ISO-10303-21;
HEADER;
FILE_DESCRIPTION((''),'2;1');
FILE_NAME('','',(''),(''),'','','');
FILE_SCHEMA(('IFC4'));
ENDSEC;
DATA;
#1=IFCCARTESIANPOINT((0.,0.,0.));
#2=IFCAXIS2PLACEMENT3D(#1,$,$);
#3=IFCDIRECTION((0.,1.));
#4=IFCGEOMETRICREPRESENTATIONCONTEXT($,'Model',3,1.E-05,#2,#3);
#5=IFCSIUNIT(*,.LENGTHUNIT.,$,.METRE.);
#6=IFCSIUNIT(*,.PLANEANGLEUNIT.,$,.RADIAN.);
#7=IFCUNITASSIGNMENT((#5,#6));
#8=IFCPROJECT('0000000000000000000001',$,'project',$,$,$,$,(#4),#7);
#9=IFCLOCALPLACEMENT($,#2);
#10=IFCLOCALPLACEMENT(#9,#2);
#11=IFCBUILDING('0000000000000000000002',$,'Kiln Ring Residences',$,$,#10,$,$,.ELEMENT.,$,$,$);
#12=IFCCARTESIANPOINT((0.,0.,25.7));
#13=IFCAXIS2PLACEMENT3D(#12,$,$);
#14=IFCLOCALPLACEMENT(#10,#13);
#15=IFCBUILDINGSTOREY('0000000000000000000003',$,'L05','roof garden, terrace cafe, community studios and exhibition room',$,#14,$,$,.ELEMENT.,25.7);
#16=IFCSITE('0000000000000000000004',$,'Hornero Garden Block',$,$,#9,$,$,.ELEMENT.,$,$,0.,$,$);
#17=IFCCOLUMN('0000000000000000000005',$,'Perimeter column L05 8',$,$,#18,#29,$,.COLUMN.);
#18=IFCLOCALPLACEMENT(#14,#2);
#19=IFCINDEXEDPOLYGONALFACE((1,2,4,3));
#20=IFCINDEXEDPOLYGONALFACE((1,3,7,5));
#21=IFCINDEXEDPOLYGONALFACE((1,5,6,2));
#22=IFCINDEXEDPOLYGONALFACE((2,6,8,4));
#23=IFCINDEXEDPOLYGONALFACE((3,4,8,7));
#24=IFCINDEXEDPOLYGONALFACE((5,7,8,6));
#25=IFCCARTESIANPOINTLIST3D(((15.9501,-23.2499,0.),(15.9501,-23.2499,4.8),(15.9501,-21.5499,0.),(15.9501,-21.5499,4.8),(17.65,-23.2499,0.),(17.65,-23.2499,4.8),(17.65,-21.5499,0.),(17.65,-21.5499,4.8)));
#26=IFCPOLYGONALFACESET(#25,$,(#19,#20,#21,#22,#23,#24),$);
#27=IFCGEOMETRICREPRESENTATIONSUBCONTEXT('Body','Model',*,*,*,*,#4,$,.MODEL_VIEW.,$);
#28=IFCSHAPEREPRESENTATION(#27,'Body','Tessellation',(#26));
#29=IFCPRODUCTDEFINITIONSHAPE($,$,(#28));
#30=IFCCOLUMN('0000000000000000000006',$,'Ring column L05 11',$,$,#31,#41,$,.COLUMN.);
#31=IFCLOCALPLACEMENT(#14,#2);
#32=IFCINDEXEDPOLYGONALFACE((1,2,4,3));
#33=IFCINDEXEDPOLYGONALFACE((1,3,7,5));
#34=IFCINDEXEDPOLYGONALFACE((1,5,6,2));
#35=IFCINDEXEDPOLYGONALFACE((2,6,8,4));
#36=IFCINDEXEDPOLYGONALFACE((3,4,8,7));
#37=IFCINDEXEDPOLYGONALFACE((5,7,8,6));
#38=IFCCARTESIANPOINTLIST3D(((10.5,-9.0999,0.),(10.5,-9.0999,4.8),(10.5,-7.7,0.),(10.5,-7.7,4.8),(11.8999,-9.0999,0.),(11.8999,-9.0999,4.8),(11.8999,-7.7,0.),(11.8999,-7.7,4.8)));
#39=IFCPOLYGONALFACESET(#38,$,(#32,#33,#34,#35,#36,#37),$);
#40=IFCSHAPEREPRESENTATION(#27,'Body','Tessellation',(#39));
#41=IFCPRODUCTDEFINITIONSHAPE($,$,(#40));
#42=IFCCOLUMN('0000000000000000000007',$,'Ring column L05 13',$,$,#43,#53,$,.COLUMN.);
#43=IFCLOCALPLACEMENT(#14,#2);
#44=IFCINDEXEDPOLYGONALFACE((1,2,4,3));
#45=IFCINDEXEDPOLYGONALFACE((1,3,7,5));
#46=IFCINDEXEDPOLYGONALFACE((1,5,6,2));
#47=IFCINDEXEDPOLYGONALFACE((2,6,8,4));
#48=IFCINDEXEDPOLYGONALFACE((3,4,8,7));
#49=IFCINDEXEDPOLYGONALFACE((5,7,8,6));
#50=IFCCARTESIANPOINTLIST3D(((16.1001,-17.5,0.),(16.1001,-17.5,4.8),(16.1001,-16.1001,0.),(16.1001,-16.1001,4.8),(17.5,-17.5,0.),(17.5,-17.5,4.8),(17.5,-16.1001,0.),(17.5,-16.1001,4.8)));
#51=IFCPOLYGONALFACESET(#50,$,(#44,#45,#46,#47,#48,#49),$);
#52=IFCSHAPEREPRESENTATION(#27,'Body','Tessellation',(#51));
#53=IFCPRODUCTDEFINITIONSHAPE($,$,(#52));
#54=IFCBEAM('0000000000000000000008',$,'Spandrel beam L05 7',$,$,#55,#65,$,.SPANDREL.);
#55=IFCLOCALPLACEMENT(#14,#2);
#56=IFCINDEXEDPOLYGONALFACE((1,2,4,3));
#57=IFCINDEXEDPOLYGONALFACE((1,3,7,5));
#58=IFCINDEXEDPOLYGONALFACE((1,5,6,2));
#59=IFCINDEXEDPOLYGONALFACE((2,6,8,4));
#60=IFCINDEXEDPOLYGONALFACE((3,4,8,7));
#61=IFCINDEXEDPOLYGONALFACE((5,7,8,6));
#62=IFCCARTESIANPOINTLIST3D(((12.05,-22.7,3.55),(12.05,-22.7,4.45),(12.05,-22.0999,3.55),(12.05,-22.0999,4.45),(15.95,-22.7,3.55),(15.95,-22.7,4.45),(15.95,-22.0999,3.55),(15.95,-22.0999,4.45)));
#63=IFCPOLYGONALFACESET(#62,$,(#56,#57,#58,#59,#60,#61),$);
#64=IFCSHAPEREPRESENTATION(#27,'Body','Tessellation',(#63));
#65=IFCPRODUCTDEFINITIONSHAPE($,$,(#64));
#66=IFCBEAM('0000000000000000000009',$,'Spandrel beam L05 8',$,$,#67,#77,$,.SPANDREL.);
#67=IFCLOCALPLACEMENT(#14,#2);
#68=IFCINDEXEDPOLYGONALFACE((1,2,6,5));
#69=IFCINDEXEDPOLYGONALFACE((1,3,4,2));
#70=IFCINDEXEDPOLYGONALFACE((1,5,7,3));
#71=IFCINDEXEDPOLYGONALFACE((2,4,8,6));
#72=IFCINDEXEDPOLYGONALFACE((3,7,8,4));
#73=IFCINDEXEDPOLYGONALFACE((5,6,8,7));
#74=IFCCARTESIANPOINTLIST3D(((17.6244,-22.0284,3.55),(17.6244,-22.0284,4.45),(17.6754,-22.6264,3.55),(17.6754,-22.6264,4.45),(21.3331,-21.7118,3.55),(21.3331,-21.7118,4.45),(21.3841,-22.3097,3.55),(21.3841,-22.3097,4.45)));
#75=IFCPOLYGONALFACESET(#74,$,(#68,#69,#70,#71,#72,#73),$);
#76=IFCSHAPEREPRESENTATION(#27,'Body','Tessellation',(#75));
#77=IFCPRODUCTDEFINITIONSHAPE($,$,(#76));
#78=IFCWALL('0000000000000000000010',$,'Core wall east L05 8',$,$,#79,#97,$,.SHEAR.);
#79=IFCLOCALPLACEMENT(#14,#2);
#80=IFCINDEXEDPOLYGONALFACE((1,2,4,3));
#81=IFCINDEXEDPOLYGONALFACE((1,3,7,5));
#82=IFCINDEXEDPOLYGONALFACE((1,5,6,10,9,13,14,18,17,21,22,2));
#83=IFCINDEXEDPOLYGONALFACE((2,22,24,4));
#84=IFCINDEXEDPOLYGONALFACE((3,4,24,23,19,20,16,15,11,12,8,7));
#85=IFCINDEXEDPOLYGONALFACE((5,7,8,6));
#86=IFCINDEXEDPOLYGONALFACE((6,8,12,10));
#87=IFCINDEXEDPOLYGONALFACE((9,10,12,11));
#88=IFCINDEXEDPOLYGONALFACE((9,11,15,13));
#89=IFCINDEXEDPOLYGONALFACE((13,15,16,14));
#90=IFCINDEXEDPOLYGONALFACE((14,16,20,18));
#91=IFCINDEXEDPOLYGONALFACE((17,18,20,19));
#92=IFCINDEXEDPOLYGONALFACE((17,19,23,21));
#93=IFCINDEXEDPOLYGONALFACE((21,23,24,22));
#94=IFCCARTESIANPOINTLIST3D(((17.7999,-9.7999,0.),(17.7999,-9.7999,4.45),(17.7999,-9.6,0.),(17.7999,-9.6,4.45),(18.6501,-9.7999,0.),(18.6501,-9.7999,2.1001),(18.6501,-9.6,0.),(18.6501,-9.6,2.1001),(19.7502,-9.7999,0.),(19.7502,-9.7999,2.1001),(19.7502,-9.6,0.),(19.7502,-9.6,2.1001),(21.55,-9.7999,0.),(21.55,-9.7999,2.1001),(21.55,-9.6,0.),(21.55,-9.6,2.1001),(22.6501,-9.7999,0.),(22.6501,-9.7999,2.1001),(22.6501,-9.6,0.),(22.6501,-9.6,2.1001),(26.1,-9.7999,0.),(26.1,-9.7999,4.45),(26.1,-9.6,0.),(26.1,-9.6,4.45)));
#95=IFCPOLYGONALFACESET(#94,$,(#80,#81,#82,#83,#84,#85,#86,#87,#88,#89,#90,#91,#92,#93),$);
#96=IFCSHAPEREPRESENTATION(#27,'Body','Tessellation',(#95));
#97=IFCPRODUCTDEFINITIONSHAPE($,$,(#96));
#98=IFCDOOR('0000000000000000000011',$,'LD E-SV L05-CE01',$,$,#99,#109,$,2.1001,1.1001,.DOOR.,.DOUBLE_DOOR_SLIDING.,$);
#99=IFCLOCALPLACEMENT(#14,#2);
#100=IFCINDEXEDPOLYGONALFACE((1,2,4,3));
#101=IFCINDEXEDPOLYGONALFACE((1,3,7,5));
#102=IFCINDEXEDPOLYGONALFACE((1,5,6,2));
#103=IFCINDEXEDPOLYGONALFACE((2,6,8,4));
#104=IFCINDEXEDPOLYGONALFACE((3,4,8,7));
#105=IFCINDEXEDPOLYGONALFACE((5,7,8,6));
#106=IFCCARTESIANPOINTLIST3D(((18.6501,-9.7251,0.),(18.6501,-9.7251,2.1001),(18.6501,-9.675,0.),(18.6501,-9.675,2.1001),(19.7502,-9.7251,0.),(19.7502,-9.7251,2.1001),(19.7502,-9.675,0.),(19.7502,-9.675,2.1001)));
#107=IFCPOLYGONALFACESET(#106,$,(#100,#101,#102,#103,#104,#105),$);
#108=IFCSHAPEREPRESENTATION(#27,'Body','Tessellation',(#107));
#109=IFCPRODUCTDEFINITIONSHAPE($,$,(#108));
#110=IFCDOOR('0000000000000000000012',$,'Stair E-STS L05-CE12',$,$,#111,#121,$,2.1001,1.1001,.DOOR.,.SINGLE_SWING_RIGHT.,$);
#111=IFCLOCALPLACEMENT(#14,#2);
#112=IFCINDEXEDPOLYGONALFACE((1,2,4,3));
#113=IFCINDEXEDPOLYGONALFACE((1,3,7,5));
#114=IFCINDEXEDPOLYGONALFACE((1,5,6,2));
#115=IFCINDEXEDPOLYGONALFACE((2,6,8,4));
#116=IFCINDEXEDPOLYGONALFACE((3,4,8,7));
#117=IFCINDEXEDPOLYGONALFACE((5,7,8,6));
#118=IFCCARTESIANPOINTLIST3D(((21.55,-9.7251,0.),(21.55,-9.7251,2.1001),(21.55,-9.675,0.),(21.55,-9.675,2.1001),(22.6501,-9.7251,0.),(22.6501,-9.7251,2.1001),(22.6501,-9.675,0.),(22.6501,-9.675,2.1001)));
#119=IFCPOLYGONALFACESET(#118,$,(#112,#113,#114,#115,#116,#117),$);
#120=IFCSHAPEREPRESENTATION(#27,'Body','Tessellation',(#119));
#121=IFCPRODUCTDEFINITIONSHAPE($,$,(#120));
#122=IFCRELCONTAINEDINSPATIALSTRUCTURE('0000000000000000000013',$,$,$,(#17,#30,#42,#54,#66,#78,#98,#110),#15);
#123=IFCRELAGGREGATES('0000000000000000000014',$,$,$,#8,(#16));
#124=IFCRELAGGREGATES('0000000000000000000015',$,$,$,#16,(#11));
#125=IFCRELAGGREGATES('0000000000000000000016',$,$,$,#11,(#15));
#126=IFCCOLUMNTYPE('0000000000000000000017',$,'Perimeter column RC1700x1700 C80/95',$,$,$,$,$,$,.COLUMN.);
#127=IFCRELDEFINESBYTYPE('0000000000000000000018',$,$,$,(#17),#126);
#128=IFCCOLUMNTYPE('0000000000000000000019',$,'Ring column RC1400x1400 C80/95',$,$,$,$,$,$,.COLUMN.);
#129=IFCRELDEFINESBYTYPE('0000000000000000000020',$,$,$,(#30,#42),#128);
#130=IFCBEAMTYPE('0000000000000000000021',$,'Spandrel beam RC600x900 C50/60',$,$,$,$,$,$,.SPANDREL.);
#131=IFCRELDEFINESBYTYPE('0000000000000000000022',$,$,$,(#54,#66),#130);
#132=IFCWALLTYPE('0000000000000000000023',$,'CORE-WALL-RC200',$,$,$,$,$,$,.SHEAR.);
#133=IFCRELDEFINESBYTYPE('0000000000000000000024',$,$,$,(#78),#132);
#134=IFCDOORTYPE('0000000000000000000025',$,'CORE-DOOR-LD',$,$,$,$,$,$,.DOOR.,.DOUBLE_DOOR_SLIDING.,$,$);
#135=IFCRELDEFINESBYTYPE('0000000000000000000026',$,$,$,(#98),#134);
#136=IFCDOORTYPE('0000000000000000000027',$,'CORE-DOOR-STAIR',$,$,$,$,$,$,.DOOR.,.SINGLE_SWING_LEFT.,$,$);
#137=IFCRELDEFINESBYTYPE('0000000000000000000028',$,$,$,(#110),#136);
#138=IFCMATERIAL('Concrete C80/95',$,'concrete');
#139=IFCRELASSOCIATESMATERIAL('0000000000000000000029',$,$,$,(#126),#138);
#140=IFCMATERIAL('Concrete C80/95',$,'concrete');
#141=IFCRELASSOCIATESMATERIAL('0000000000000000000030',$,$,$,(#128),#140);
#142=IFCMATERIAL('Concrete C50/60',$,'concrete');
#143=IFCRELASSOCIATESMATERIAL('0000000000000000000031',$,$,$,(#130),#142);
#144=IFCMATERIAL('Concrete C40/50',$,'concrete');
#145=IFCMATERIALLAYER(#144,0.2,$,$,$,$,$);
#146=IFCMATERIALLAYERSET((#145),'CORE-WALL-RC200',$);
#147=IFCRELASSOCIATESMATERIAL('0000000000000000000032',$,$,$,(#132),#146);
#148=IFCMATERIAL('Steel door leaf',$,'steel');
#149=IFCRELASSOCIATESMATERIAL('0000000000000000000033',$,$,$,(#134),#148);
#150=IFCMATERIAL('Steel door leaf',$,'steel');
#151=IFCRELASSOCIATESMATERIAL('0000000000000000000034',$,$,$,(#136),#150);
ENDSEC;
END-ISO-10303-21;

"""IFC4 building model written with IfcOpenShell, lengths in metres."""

from ifc_helpers import new_model, si_unit, direction, frame, frame_2d, origin, origin_2d, place, context, subcontext, project, spatial, rectangle, extrude, material, layer, layer_set, material_profile, profile_set, type_object, element, fill, save


model = new_model("IFC4")

# Units and contexts
model_context = context("Model", 3, precision=1e-05, world=origin(), true_north=direction((0.0, 1.0)))
body_context = subcontext(model_context, "Body", "Model", "MODEL_VIEW")
ifc_project = project(units=[si_unit("LENGTHUNIT", "METRE"), si_unit("PLANEANGLEUNIT", "RADIAN")], contexts=[model_context])

# Site, building, storey
site_placement = place(None, origin())
site = spatial("IfcSite", under=ifc_project, at=site_placement, Name="Hornero Garden Block", CompositionType="ELEMENT", RefElevation=0.0)
building_placement = place(site_placement, origin())
building = spatial("IfcBuilding", under=site, at=building_placement, Name="Kiln Ring Residences", CompositionType="ELEMENT")
storey_placement = place(building_placement, frame((0.0, 0.0, 25.7)))
storey = spatial("IfcBuildingStorey", under=building, at=storey_placement, Name="L05", Description="roof garden, terrace cafe, community studios and exhibition room", CompositionType="ELEMENT", Elevation=25.7)

# Columns
ifc_material_1 = material(Name="Concrete C80/95", Category="concrete")
ifc_material_profile_1 = material_profile(ifc_material_1, rectangle(XDim=1.7, YDim=1.7, at=origin_2d()), Name="RC1700x1700")
ifc_profile_set_1 = profile_set([ifc_material_profile_1], Name="Concrete C80/95")
column_type_1 = type_object("IfcColumnType", Name="Perimeter column RC1700x1700 C80/95", PredefinedType="COLUMN", material=ifc_profile_set_1)
column_placement = place(storey_placement, frame((16.8, -22.3999, 0.0), z_axis=(0.0, 0.0, 1.0), x_axis=(1.0, 0.0, 0.0)))
element("IfcColumn", 1, at=column_placement, inside=storey, type_object=column_type_1, Name="Perimeter column L05 8", PredefinedType="COLUMN", context=body_context, shape_type="SweptSolid", body=[
    extrude(rectangle(XDim=1.7, YDim=1.7, at=origin_2d()), origin(), (0.0, 0.0, 1.0), 4.8),
])
ifc_material_2 = material(Name="Concrete C80/95", Category="concrete")
ifc_material_profile_2 = material_profile(ifc_material_2, rectangle(XDim=1.3999, YDim=1.3999, at=origin_2d()), Name="RC1400x1400")
ifc_profile_set_2 = profile_set([ifc_material_profile_2], Name="Concrete C80/95")
column_type_2 = type_object("IfcColumnType", Name="Ring column RC1400x1400 C80/95", PredefinedType="COLUMN", material=ifc_profile_set_2)
for number, where, z_axis, x_axis, name in (
    (2, (11.2, -8.3999, 0.0), (0.0, 0.0, 1.0), (1.0, 0.0, 0.0), "Ring column L05 11"),
    (3, (16.8, -16.8, 0.0), (0.0, 0.0, 1.0), (1.0, 0.0, 0.0), "Ring column L05 13"),
):
    element("IfcColumn", number, at=place(storey_placement, frame(where, z_axis=z_axis, x_axis=x_axis)), inside=storey, type_object=column_type_2, Name=name, PredefinedType="COLUMN", context=body_context, shape_type="SweptSolid", body=[
        extrude(rectangle(XDim=1.3999, YDim=1.3999, at=origin_2d()), origin(), (0.0, 0.0, 1.0), 4.8),
    ])

# Beams
ifc_material_3 = material(Name="Concrete C50/60", Category="concrete")
ifc_material_profile_3 = material_profile(ifc_material_3, rectangle(XDim=0.6001, YDim=0.8999, at=origin_2d()), Name="RC600x900")
ifc_profile_set_3 = profile_set([ifc_material_profile_3], Name="Concrete C50/60")
beam_type = type_object("IfcBeamType", Name="Spandrel beam RC600x900 C50/60", PredefinedType="SPANDREL", material=ifc_profile_set_3)
beam_1_placement = place(storey_placement, frame((12.05, -22.3999, 4.0), z_axis=(1.0, 0.0, 0.0), x_axis=(0.0, 1.0, 0.0)))
element("IfcBeam", 4, at=beam_1_placement, inside=storey, type_object=beam_type, Name="Spandrel beam L05 7", PredefinedType="SPANDREL", context=body_context, shape_type="SweptSolid", body=[
    extrude(rectangle(XDim=0.6001, YDim=0.8999, at=origin_2d()), origin(), (0.0, 0.0, 1.0), 3.8999),
])
beam_2_placement = place(storey_placement, frame((17.6499, -22.3274, 4.0), z_axis=(0.996375, 0.08507, 0.0), x_axis=(-0.08507, 0.996375, 0.0)))
element("IfcBeam", 5, at=beam_2_placement, inside=storey, type_object=beam_type, Name="Spandrel beam L05 8", PredefinedType="SPANDREL", context=body_context, shape_type="SweptSolid", body=[
    extrude(rectangle(XDim=0.6001, YDim=0.8999, at=origin_2d()), origin(), (0.0, 0.0, 1.0), 3.7222),
])

# Wall, openings, doors
ifc_material_4 = material(Name="Concrete C40/50", Category="concrete")
ifc_layer_1 = layer(ifc_material_4, 0.2)
ifc_layer_set_1 = layer_set([ifc_layer_1], Name="CORE-WALL-RC200")
wall_type_1 = type_object("IfcWallType", Name="CORE-WALL-RC200", PredefinedType="SHEAR", material=ifc_layer_set_1)
wall_1_placement = place(storey_placement, frame((17.8, -9.7, 0.0), z_axis=(0.0, 0.0, 1.0), x_axis=(1.0, 0.0, 0.0)))
wall_1 = element("IfcWall", 6, at=wall_1_placement, inside=storey, type_object=wall_type_1, Name="Core wall east L05 8", PredefinedType="SHEAR", context=body_context, shape_type="SweptSolid", body=[
    extrude(rectangle(XDim=8.3, YDim=0.2, at=frame_2d((4.1499, 0.0))), origin(), (0.0, 0.0, 1.0), 4.45),
])
opening_1_placement = place(wall_1_placement, frame((0.8501, 0.0, 0.0)))
opening_1 = element("IfcOpeningElement", 7, at=opening_1_placement, cuts=wall_1, PredefinedType="OPENING", context=body_context, shape_type="SweptSolid", body=[
    extrude(rectangle(XDim=1.1001, YDim=2.1001, at=frame_2d((0.55, 1.05))), frame((0.0, 0.1099, 0.0), z_axis=(0.0, -1.0, 0.0), x_axis=(1.0, 0.0, 0.0)), (0.0, 0.0, 1.0), 0.22),
])
opening_2_placement = place(wall_1_placement, frame((3.75, 0.0, 0.0)))
opening_2 = element("IfcOpeningElement", 8, at=opening_2_placement, cuts=wall_1, PredefinedType="OPENING", context=body_context, shape_type="SweptSolid", body=[
    extrude(rectangle(XDim=1.1001, YDim=2.1001, at=frame_2d((0.55, 1.05))), frame((0.0, 0.1099, 0.0), z_axis=(0.0, -1.0, 0.0), x_axis=(1.0, 0.0, 0.0)), (0.0, 0.0, 1.0), 0.22),
])
ifc_material_5 = material(Name="Steel door leaf", Category="steel")
door_type_1 = type_object("IfcDoorType", Name="CORE-DOOR-LD", OperationType="DOUBLE_DOOR_SLIDING", PredefinedType="DOOR", material=ifc_material_5)
door_1_placement = place(opening_1_placement, origin())
door_1 = element("IfcDoor", 9, at=door_1_placement, inside=storey, type_object=door_type_1, Name="LD E-SV L05-CE01", OperationType="DOUBLE_DOOR_SLIDING", OverallHeight=2.1001, OverallWidth=1.1001, PredefinedType="DOOR", context=body_context, shape_type="SweptSolid", body=[
    extrude(rectangle(XDim=1.1001, YDim=2.1001, at=frame_2d((0.55, 1.05))), frame((0.0, 0.0249, 0.0), z_axis=(0.0, -1.0, 0.0), x_axis=(1.0, 0.0, 0.0)), (0.0, 0.0, 1.0), 0.05),
])
fill(opening_1, door_1)
ifc_material_6 = material(Name="Steel door leaf", Category="steel")
door_type_2 = type_object("IfcDoorType", Name="CORE-DOOR-STAIR", OperationType="SINGLE_SWING_LEFT", PredefinedType="DOOR", material=ifc_material_6)
door_2_placement = place(opening_2_placement, origin())
door_2 = element("IfcDoor", 10, at=door_2_placement, inside=storey, type_object=door_type_2, Name="Stair E-STS L05-CE12", OperationType="SINGLE_SWING_RIGHT", OverallHeight=2.1001, OverallWidth=1.1001, PredefinedType="DOOR", context=body_context, shape_type="SweptSolid", body=[
    extrude(rectangle(XDim=1.1001, YDim=2.1001, at=frame_2d((0.55, 1.05))), frame((0.0, 0.0249, 0.0), z_axis=(0.0, -1.0, 0.0), x_axis=(1.0, 0.0, 0.0)), (0.0, 0.0, 1.0), 0.05),
])
fill(opening_2, door_2)

save(model, "model.ifc")
